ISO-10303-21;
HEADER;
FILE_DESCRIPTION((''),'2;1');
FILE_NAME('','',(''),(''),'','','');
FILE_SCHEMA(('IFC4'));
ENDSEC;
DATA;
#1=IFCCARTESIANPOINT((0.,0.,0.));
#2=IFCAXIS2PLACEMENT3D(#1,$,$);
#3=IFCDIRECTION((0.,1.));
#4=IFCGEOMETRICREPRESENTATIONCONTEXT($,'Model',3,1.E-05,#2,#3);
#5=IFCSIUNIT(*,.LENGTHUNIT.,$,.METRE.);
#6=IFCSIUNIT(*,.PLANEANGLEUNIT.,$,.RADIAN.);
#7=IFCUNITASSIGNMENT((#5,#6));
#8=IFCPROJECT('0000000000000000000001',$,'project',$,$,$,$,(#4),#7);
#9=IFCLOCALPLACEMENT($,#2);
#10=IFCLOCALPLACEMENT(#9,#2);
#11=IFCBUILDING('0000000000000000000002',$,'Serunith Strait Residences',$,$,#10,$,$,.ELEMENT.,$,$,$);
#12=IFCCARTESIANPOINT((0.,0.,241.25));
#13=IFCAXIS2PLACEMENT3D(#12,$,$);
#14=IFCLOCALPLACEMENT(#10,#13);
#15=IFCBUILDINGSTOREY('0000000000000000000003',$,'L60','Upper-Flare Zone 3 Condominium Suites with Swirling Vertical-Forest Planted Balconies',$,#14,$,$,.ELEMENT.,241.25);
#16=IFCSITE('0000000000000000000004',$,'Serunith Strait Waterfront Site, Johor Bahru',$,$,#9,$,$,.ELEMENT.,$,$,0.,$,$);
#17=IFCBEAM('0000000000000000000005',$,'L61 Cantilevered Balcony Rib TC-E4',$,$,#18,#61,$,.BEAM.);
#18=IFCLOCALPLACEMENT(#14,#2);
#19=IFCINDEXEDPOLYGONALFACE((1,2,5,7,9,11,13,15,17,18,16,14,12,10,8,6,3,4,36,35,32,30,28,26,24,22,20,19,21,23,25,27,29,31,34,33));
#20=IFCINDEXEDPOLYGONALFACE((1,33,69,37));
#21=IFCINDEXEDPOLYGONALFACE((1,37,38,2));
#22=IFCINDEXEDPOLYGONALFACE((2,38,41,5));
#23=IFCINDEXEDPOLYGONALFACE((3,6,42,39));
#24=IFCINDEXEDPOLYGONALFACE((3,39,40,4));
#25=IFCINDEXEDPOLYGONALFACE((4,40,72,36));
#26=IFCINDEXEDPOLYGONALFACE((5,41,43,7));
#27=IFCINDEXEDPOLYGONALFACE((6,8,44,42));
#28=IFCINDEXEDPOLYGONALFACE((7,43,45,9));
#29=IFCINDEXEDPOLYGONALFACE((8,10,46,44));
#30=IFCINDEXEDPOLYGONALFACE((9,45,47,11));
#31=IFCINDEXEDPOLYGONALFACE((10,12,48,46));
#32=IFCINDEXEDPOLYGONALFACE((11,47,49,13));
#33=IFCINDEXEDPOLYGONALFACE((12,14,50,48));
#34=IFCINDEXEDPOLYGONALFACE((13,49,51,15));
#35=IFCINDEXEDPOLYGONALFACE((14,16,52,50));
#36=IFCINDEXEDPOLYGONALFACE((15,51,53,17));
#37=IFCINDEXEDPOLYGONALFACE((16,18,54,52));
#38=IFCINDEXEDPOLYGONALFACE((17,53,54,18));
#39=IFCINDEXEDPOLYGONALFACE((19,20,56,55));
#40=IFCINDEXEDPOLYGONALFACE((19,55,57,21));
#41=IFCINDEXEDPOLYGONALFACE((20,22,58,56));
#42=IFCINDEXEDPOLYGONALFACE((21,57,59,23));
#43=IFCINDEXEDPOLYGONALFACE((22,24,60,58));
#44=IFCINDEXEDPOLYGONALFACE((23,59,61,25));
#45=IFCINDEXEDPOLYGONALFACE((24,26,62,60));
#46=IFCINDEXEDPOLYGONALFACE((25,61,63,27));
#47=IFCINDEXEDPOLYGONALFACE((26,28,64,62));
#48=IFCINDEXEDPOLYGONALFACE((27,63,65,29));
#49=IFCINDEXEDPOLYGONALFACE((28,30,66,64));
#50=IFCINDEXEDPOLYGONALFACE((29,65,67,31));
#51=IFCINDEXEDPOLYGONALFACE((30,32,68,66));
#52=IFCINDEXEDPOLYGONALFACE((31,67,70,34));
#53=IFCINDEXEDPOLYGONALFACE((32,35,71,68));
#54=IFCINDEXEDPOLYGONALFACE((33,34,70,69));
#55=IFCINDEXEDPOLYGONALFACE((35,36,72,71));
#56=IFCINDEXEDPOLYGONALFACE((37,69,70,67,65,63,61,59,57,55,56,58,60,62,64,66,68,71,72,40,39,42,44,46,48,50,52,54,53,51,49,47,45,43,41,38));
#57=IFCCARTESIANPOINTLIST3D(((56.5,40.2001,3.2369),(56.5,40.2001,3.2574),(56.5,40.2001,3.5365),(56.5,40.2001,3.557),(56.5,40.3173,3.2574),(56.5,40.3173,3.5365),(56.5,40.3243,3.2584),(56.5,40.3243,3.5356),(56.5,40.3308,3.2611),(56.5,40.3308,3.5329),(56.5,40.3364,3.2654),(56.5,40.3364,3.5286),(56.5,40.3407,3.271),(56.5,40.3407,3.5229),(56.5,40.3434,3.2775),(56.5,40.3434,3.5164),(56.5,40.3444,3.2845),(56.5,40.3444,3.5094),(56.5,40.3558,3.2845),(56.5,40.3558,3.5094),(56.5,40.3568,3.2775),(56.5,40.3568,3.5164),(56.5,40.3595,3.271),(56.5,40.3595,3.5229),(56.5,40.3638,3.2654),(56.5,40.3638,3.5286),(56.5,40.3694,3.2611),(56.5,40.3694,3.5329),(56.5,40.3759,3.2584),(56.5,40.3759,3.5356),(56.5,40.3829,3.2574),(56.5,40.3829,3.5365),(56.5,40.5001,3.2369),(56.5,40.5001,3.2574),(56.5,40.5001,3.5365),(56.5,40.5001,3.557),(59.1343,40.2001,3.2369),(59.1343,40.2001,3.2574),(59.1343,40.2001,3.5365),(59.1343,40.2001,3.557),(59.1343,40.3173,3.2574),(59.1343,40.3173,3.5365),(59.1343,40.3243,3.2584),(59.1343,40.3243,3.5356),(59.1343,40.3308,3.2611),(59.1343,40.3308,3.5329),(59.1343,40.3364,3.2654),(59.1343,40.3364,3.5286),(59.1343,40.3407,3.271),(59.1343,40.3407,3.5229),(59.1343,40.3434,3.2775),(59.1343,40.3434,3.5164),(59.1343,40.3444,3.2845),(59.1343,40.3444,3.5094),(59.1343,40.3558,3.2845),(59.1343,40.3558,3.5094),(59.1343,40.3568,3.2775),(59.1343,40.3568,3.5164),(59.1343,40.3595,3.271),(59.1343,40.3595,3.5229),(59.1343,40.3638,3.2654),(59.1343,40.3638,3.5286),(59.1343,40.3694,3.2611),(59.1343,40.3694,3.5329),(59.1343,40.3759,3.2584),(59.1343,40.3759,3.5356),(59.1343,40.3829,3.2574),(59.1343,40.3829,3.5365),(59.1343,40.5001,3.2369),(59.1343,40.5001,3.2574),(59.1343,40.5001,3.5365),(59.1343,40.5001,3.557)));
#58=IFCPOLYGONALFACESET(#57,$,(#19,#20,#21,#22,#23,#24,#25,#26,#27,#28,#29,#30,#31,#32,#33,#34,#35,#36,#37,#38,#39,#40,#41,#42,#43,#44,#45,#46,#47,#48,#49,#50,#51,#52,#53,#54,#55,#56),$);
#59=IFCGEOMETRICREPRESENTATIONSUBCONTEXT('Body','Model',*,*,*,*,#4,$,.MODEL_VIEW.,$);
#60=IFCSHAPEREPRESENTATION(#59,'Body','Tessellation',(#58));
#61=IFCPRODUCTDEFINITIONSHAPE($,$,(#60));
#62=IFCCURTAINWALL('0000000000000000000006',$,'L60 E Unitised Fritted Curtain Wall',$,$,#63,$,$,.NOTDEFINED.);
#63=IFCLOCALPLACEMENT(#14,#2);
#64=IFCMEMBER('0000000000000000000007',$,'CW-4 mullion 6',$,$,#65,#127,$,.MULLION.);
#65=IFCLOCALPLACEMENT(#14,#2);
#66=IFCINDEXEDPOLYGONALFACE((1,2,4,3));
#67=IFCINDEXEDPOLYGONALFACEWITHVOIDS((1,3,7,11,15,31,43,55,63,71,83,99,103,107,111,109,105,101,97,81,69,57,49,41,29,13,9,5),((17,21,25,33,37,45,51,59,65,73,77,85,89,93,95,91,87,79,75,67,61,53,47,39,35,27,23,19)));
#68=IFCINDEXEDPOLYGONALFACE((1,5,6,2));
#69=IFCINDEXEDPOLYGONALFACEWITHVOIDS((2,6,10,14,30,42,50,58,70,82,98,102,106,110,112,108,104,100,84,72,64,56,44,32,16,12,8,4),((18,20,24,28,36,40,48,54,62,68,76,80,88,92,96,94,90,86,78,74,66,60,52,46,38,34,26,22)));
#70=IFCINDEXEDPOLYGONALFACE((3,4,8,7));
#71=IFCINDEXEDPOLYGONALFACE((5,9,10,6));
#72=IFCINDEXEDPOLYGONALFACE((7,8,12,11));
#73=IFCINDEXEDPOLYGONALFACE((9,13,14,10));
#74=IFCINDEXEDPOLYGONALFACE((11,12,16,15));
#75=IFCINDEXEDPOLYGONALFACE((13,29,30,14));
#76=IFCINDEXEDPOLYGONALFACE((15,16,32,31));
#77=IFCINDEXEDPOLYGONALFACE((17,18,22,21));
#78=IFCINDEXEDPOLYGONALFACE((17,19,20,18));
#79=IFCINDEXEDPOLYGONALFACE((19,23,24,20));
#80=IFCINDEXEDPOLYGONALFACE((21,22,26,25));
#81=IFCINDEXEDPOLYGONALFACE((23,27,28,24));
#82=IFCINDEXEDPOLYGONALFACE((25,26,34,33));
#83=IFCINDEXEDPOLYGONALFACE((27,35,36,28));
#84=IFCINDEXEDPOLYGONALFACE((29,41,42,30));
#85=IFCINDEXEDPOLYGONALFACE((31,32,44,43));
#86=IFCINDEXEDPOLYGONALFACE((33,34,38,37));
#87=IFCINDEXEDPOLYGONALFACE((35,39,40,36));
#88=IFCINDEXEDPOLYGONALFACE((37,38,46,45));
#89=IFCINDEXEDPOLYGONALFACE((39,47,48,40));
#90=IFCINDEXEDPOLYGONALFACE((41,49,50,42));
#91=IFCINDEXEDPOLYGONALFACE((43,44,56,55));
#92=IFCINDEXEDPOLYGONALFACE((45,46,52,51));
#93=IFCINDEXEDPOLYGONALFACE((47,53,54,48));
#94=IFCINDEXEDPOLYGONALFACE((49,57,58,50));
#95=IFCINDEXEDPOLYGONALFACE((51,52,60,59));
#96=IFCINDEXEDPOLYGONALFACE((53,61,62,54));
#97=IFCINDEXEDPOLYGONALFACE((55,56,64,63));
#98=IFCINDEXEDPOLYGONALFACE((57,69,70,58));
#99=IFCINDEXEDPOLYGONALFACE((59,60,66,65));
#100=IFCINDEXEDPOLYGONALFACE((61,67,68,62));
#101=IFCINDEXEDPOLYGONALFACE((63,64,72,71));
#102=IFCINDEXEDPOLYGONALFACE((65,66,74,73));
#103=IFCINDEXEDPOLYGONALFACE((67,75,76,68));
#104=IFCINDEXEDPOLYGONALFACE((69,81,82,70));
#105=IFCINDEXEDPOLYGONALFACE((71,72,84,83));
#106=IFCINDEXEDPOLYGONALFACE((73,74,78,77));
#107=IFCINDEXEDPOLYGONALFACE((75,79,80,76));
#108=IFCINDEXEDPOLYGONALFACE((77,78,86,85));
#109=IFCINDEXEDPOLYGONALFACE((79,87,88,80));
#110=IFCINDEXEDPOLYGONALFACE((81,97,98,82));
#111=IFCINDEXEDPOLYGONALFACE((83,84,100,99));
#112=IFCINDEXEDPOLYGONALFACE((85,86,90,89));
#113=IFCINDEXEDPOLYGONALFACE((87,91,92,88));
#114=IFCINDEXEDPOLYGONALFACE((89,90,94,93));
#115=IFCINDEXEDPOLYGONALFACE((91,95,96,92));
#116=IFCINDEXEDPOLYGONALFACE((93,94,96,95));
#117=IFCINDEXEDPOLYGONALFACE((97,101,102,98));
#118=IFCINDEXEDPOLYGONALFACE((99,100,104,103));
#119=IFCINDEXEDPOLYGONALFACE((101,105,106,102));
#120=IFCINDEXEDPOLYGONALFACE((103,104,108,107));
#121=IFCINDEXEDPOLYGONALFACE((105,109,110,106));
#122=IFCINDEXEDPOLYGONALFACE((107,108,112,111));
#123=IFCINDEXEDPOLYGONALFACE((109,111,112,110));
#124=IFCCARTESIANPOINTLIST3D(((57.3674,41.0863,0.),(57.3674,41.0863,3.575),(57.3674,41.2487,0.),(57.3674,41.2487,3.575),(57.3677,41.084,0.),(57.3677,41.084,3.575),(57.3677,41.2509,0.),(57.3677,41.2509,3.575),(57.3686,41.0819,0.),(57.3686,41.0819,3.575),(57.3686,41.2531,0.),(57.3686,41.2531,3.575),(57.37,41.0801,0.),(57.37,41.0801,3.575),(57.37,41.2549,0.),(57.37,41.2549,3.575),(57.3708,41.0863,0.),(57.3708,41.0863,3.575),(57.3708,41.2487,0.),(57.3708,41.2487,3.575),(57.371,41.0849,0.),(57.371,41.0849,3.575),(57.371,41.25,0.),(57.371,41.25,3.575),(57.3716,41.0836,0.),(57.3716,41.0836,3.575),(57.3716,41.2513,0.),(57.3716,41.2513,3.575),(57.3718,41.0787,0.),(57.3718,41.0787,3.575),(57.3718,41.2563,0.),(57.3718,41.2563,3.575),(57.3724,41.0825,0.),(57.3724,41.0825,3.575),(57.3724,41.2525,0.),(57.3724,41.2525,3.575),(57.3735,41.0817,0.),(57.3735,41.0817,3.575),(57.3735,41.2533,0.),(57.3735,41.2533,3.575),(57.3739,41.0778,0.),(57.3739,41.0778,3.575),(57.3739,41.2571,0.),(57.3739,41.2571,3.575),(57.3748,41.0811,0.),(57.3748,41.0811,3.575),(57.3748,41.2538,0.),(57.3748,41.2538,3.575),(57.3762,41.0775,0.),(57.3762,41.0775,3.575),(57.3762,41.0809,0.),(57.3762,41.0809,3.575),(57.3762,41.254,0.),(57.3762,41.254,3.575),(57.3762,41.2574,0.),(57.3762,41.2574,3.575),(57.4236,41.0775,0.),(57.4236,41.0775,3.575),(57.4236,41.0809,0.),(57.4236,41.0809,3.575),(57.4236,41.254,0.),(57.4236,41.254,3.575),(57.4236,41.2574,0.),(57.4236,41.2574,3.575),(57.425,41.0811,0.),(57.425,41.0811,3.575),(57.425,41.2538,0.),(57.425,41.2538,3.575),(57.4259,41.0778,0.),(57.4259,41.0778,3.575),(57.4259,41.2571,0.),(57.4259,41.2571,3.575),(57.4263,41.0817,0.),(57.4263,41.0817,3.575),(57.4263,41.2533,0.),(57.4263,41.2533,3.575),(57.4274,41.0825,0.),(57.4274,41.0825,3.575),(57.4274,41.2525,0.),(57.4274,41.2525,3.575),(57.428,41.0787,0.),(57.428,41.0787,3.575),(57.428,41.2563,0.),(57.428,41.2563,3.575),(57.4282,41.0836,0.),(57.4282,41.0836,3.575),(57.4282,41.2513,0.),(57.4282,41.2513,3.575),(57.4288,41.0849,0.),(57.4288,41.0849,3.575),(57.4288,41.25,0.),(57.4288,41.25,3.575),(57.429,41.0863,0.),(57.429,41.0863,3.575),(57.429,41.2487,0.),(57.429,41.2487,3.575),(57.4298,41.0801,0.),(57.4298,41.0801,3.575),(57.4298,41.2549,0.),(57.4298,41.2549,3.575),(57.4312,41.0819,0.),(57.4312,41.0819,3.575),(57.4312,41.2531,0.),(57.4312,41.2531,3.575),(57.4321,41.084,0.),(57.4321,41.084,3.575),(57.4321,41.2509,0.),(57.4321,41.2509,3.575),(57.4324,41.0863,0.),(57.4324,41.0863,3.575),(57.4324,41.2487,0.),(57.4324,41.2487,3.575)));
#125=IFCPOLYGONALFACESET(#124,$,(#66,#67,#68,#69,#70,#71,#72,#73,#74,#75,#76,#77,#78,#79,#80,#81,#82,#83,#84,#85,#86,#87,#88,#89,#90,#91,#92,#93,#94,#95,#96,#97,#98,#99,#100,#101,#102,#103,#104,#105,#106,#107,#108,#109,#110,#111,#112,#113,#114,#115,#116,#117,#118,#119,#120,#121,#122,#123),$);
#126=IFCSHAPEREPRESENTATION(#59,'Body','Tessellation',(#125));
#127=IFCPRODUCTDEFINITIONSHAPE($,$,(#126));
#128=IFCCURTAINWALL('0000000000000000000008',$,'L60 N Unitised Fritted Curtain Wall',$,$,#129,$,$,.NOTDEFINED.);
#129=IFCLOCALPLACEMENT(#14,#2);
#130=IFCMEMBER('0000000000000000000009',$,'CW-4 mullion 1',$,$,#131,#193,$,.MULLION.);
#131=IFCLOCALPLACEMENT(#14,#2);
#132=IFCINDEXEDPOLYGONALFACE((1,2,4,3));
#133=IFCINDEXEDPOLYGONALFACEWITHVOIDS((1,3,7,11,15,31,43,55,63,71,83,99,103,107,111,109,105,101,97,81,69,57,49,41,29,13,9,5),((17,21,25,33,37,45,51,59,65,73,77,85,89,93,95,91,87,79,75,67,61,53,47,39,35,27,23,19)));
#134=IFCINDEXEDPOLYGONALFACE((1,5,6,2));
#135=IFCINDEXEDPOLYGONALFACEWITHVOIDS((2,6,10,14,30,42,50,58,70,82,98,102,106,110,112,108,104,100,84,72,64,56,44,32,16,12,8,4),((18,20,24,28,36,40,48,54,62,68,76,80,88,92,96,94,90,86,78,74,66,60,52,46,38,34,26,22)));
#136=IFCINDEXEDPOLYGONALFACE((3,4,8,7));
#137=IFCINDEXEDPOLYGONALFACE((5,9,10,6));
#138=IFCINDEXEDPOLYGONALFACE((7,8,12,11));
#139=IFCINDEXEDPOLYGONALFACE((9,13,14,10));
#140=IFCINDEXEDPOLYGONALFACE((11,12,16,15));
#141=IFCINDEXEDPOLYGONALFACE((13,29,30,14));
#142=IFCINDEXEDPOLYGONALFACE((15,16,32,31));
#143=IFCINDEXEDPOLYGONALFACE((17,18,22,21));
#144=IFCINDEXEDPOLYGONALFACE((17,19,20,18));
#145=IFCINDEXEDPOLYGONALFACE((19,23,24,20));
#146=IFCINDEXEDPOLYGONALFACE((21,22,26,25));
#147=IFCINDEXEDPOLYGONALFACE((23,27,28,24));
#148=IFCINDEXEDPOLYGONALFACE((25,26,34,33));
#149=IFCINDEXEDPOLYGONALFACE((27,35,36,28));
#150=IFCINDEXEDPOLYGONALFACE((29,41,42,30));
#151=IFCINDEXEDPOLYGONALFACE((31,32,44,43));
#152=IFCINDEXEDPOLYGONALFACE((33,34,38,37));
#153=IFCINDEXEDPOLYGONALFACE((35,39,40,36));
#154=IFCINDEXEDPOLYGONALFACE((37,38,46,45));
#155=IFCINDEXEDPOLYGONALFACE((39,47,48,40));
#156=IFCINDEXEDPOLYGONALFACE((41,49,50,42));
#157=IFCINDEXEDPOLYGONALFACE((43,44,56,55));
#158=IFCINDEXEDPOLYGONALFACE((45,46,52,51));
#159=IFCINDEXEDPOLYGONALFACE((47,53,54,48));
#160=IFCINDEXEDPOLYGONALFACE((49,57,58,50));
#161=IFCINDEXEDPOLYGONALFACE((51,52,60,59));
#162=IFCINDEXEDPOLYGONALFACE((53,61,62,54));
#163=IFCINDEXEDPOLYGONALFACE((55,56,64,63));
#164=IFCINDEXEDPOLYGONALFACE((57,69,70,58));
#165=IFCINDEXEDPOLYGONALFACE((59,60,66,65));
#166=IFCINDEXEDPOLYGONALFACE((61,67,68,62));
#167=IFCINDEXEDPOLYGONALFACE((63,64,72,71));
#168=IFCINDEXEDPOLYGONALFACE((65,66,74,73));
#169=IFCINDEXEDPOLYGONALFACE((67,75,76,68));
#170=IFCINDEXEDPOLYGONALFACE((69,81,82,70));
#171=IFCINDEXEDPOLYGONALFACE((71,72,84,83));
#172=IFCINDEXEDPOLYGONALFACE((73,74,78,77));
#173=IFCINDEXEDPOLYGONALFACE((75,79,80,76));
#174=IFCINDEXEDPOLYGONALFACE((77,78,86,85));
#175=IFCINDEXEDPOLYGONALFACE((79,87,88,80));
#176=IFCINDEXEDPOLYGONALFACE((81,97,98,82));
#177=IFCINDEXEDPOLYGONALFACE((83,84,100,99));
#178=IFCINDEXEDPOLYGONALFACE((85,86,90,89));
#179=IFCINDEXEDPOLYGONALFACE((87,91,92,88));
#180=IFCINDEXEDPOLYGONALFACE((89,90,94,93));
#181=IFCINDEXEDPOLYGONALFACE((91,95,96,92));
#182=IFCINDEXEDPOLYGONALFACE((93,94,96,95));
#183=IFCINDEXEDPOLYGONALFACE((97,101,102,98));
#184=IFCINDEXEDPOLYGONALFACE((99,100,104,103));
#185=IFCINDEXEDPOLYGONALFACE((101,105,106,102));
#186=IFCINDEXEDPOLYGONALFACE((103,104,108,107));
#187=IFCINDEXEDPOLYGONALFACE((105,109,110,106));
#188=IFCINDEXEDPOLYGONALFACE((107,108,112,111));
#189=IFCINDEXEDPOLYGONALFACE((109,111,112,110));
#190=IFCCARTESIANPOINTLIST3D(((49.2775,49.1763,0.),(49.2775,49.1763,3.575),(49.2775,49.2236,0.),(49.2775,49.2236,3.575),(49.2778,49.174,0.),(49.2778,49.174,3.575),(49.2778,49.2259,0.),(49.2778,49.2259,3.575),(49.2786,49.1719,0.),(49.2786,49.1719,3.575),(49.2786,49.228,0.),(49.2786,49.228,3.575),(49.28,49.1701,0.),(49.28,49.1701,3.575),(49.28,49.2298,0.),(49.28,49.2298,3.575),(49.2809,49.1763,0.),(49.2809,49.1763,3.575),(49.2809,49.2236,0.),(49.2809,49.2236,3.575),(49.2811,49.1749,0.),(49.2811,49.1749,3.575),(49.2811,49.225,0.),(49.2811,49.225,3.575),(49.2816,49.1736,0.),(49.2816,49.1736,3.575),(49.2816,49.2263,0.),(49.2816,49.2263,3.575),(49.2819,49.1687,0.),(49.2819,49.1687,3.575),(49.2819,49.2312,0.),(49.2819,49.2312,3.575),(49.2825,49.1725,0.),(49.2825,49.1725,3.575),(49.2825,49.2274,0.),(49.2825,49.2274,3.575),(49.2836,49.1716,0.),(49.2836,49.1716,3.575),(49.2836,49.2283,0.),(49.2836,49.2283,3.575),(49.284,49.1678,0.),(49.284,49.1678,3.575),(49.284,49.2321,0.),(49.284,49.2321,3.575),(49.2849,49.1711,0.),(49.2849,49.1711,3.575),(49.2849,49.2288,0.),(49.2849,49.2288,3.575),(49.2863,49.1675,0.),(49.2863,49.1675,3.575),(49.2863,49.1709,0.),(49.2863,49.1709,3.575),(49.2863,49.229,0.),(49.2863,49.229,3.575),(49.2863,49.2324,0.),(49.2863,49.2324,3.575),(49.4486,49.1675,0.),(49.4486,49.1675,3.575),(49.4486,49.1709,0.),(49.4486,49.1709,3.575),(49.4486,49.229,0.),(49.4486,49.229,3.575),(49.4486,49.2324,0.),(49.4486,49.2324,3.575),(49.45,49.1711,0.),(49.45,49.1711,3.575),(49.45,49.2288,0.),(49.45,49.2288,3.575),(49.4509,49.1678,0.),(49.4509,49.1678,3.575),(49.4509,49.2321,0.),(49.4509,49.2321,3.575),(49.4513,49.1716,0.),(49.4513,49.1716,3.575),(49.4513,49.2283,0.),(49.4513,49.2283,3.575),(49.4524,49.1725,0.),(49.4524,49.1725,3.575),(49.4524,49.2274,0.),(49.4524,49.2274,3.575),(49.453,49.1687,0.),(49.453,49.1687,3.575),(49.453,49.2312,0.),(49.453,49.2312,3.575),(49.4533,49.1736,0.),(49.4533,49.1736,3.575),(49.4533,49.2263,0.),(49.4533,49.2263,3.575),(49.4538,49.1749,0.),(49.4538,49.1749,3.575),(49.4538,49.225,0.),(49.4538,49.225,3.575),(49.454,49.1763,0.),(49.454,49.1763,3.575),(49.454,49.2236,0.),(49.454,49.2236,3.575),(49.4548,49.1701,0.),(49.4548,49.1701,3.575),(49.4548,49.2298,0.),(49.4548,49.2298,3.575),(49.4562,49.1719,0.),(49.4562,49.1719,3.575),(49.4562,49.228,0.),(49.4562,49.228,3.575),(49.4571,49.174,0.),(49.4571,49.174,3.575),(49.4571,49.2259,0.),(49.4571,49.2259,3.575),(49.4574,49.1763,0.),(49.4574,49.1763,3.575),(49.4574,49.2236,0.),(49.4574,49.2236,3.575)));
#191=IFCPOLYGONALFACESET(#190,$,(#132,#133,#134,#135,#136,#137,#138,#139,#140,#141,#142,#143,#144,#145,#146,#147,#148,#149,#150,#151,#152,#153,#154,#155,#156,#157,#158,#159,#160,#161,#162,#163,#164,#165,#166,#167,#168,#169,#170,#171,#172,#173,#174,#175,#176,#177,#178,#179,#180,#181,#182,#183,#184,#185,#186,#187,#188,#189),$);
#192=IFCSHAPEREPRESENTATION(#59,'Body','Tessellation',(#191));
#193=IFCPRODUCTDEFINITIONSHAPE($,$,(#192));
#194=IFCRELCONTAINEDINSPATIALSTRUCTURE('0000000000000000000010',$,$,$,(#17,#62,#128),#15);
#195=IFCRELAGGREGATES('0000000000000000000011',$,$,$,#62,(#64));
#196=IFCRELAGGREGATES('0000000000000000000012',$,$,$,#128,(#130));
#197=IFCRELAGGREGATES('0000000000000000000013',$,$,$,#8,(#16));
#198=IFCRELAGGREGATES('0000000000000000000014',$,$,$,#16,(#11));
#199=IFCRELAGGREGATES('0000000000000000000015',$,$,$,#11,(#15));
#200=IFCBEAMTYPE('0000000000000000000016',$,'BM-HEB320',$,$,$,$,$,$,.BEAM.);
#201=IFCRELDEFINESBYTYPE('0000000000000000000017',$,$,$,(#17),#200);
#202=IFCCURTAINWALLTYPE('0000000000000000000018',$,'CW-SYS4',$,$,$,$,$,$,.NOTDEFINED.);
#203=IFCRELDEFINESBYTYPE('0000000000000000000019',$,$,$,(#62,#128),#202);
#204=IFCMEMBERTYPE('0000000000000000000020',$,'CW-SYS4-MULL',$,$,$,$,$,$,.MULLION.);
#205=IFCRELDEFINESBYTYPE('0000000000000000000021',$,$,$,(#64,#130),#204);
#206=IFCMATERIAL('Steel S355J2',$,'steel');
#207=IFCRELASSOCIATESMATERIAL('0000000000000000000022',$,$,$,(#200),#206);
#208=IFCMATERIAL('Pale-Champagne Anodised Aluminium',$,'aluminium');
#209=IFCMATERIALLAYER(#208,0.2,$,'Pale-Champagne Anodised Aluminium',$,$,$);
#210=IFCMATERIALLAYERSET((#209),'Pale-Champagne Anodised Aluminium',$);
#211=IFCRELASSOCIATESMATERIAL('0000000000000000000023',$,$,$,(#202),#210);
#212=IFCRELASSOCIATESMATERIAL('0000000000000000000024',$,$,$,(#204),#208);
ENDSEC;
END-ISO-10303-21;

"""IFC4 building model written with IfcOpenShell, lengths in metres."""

from ifc_helpers import new_model, si_unit, direction, frame, origin, origin_2d, place, context, subcontext, project, spatial, hollow_rectangle, i_section, extrude, source, transform, mapped, material, layer, layer_set, material_profile, profile_set, type_object, element, aggregate, save


model = new_model("IFC4")

# Units and contexts
model_context = context("Model", 3, precision=1e-05, world=origin(), true_north=direction((0.0, 1.0)))
body_context = subcontext(model_context, "Body", "Model", "MODEL_VIEW")
ifc_project = project(units=[si_unit("LENGTHUNIT", "METRE"), si_unit("PLANEANGLEUNIT", "RADIAN")], contexts=[model_context])

# Site, building, storey
site_placement = place(None, origin())
site = spatial("IfcSite", under=ifc_project, at=site_placement, Name="Serunith Strait Waterfront Site, Johor Bahru", CompositionType="ELEMENT", RefElevation=0.0)
building_placement = place(site_placement, origin())
building = spatial("IfcBuilding", under=site, at=building_placement, Name="Serunith Strait Residences", CompositionType="ELEMENT")
storey_placement = place(building_placement, frame((0.0, 0.0, 241.25)))
storey = spatial("IfcBuildingStorey", under=building, at=storey_placement, Name="L60", Description="Upper-Flare Zone 3 Condominium Suites with Swirling Vertical-Forest Planted Balconies", CompositionType="ELEMENT", Elevation=241.25)

# Beam
ifc_material_1 = material(Name="Steel S355J2", Category="steel")
ifc_material_profile_1 = material_profile(ifc_material_1, i_section(OverallWidth=0.3, OverallDepth=0.3201, WebThickness=0.0115, FlangeThickness=0.0205, FilletRadius=0.0271, at=origin_2d()), Name="HEB 320")
ifc_profile_set_1 = profile_set([ifc_material_profile_1], Name="Steel S355J2")
beam_type_1 = type_object("IfcBeamType", Name="BM-HEB320", PredefinedType="BEAM", material=ifc_profile_set_1)
shared_shape_1 = source(origin(), body_context, "Body", "SweptSolid", [
    extrude(i_section(OverallWidth=0.3, OverallDepth=0.3201, WebThickness=0.0115, FlangeThickness=0.0205, FilletRadius=0.0271, at=origin_2d()), origin(), (0.0, 0.0, 1.0), 2.6343),
])
beam_1_placement = place(storey_placement, frame((56.5, 40.3501, 3.397), z_axis=(1.0, 0.0, 0.0), x_axis=(0.0, 1.0, 0.0)))
element("IfcBeam", 1, at=beam_1_placement, inside=storey, type_object=beam_type_1, Name="L61 Cantilevered Balcony Rib TC-E4", PredefinedType="BEAM", context=body_context, shape_type="MappedRepresentation", body=[
    mapped(shared_shape_1, transform((0.0, 0.0, 0.0), scale=1.0)),
])

# Curtain wall, member
ifc_material_2 = material(Name="Pale-Champagne Anodised Aluminium", Category="aluminium")
ifc_layer_1 = layer(ifc_material_2, 0.2, Name="Pale-Champagne Anodised Aluminium")
ifc_layer_set_1 = layer_set([ifc_layer_1], Name="Pale-Champagne Anodised Aluminium")
curtain_wall_type = type_object("IfcCurtainWallType", Name="CW-SYS4", PredefinedType="NOTDEFINED", material=ifc_layer_set_1)
curtain_wall_1_placement = place(storey_placement, origin())
curtain_wall_1 = element("IfcCurtainWall", 2, at=curtain_wall_1_placement, inside=storey, type_object=curtain_wall_type, Name="L60 E Unitised Fritted Curtain Wall", PredefinedType="NOTDEFINED")
ifc_material_profile_2 = material_profile(ifc_material_2, hollow_rectangle(XDim=0.0649, YDim=0.1799, WallThickness=0.0034, InnerFilletRadius=0.0054, OuterFilletRadius=0.0088, at=origin_2d()), Name="ALU 180x65x3.5")
ifc_profile_set_2 = profile_set([ifc_material_profile_2], Name="Pale-Champagne Anodised Aluminium")
member_type_1 = type_object("IfcMemberType", Name="CW-SYS4-MULL", PredefinedType="MULLION", material=ifc_profile_set_2)
shared_shape_2 = source(origin(), body_context, "Body", "SweptSolid", [
    extrude(hollow_rectangle(XDim=0.0649, YDim=0.1799, WallThickness=0.0034, InnerFilletRadius=0.0054, OuterFilletRadius=0.0088, at=origin_2d()), origin(), (0.0, 0.0, 1.0), 3.575),
])
member_1_placement = place(storey_placement, frame((57.3999, 41.1675, 0.0), z_axis=(0.0, 0.0, 1.0), x_axis=(-1.0, 0.0, 0.0)))
member_1 = element("IfcMember", 3, at=member_1_placement, type_object=member_type_1, Name="CW-4 mullion 6", PredefinedType="MULLION", context=body_context, shape_type="MappedRepresentation", body=[
    mapped(shared_shape_2, transform((0.0, 0.0, 0.0), scale=1.0)),
])

# Curtain wall, member
curtain_wall_2_placement = place(storey_placement, origin())
curtain_wall_2 = element("IfcCurtainWall", 4, at=curtain_wall_2_placement, inside=storey, type_object=curtain_wall_type, Name="L60 N Unitised Fritted Curtain Wall", PredefinedType="NOTDEFINED")
member_2_placement = place(storey_placement, frame((49.3674, 49.2, 0.0), z_axis=(0.0, 0.0, 1.0), x_axis=(0.0, -1.0, 0.0)))
member_2 = element("IfcMember", 5, at=member_2_placement, type_object=member_type_1, Name="CW-4 mullion 1", PredefinedType="MULLION", context=body_context, shape_type="MappedRepresentation", body=[
    mapped(shared_shape_2, transform((0.0, 0.0, 0.0), scale=1.0)),
])

aggregate(curtain_wall_1, [member_1])
aggregate(curtain_wall_2, [member_2])

save(model, "model.ifc")
